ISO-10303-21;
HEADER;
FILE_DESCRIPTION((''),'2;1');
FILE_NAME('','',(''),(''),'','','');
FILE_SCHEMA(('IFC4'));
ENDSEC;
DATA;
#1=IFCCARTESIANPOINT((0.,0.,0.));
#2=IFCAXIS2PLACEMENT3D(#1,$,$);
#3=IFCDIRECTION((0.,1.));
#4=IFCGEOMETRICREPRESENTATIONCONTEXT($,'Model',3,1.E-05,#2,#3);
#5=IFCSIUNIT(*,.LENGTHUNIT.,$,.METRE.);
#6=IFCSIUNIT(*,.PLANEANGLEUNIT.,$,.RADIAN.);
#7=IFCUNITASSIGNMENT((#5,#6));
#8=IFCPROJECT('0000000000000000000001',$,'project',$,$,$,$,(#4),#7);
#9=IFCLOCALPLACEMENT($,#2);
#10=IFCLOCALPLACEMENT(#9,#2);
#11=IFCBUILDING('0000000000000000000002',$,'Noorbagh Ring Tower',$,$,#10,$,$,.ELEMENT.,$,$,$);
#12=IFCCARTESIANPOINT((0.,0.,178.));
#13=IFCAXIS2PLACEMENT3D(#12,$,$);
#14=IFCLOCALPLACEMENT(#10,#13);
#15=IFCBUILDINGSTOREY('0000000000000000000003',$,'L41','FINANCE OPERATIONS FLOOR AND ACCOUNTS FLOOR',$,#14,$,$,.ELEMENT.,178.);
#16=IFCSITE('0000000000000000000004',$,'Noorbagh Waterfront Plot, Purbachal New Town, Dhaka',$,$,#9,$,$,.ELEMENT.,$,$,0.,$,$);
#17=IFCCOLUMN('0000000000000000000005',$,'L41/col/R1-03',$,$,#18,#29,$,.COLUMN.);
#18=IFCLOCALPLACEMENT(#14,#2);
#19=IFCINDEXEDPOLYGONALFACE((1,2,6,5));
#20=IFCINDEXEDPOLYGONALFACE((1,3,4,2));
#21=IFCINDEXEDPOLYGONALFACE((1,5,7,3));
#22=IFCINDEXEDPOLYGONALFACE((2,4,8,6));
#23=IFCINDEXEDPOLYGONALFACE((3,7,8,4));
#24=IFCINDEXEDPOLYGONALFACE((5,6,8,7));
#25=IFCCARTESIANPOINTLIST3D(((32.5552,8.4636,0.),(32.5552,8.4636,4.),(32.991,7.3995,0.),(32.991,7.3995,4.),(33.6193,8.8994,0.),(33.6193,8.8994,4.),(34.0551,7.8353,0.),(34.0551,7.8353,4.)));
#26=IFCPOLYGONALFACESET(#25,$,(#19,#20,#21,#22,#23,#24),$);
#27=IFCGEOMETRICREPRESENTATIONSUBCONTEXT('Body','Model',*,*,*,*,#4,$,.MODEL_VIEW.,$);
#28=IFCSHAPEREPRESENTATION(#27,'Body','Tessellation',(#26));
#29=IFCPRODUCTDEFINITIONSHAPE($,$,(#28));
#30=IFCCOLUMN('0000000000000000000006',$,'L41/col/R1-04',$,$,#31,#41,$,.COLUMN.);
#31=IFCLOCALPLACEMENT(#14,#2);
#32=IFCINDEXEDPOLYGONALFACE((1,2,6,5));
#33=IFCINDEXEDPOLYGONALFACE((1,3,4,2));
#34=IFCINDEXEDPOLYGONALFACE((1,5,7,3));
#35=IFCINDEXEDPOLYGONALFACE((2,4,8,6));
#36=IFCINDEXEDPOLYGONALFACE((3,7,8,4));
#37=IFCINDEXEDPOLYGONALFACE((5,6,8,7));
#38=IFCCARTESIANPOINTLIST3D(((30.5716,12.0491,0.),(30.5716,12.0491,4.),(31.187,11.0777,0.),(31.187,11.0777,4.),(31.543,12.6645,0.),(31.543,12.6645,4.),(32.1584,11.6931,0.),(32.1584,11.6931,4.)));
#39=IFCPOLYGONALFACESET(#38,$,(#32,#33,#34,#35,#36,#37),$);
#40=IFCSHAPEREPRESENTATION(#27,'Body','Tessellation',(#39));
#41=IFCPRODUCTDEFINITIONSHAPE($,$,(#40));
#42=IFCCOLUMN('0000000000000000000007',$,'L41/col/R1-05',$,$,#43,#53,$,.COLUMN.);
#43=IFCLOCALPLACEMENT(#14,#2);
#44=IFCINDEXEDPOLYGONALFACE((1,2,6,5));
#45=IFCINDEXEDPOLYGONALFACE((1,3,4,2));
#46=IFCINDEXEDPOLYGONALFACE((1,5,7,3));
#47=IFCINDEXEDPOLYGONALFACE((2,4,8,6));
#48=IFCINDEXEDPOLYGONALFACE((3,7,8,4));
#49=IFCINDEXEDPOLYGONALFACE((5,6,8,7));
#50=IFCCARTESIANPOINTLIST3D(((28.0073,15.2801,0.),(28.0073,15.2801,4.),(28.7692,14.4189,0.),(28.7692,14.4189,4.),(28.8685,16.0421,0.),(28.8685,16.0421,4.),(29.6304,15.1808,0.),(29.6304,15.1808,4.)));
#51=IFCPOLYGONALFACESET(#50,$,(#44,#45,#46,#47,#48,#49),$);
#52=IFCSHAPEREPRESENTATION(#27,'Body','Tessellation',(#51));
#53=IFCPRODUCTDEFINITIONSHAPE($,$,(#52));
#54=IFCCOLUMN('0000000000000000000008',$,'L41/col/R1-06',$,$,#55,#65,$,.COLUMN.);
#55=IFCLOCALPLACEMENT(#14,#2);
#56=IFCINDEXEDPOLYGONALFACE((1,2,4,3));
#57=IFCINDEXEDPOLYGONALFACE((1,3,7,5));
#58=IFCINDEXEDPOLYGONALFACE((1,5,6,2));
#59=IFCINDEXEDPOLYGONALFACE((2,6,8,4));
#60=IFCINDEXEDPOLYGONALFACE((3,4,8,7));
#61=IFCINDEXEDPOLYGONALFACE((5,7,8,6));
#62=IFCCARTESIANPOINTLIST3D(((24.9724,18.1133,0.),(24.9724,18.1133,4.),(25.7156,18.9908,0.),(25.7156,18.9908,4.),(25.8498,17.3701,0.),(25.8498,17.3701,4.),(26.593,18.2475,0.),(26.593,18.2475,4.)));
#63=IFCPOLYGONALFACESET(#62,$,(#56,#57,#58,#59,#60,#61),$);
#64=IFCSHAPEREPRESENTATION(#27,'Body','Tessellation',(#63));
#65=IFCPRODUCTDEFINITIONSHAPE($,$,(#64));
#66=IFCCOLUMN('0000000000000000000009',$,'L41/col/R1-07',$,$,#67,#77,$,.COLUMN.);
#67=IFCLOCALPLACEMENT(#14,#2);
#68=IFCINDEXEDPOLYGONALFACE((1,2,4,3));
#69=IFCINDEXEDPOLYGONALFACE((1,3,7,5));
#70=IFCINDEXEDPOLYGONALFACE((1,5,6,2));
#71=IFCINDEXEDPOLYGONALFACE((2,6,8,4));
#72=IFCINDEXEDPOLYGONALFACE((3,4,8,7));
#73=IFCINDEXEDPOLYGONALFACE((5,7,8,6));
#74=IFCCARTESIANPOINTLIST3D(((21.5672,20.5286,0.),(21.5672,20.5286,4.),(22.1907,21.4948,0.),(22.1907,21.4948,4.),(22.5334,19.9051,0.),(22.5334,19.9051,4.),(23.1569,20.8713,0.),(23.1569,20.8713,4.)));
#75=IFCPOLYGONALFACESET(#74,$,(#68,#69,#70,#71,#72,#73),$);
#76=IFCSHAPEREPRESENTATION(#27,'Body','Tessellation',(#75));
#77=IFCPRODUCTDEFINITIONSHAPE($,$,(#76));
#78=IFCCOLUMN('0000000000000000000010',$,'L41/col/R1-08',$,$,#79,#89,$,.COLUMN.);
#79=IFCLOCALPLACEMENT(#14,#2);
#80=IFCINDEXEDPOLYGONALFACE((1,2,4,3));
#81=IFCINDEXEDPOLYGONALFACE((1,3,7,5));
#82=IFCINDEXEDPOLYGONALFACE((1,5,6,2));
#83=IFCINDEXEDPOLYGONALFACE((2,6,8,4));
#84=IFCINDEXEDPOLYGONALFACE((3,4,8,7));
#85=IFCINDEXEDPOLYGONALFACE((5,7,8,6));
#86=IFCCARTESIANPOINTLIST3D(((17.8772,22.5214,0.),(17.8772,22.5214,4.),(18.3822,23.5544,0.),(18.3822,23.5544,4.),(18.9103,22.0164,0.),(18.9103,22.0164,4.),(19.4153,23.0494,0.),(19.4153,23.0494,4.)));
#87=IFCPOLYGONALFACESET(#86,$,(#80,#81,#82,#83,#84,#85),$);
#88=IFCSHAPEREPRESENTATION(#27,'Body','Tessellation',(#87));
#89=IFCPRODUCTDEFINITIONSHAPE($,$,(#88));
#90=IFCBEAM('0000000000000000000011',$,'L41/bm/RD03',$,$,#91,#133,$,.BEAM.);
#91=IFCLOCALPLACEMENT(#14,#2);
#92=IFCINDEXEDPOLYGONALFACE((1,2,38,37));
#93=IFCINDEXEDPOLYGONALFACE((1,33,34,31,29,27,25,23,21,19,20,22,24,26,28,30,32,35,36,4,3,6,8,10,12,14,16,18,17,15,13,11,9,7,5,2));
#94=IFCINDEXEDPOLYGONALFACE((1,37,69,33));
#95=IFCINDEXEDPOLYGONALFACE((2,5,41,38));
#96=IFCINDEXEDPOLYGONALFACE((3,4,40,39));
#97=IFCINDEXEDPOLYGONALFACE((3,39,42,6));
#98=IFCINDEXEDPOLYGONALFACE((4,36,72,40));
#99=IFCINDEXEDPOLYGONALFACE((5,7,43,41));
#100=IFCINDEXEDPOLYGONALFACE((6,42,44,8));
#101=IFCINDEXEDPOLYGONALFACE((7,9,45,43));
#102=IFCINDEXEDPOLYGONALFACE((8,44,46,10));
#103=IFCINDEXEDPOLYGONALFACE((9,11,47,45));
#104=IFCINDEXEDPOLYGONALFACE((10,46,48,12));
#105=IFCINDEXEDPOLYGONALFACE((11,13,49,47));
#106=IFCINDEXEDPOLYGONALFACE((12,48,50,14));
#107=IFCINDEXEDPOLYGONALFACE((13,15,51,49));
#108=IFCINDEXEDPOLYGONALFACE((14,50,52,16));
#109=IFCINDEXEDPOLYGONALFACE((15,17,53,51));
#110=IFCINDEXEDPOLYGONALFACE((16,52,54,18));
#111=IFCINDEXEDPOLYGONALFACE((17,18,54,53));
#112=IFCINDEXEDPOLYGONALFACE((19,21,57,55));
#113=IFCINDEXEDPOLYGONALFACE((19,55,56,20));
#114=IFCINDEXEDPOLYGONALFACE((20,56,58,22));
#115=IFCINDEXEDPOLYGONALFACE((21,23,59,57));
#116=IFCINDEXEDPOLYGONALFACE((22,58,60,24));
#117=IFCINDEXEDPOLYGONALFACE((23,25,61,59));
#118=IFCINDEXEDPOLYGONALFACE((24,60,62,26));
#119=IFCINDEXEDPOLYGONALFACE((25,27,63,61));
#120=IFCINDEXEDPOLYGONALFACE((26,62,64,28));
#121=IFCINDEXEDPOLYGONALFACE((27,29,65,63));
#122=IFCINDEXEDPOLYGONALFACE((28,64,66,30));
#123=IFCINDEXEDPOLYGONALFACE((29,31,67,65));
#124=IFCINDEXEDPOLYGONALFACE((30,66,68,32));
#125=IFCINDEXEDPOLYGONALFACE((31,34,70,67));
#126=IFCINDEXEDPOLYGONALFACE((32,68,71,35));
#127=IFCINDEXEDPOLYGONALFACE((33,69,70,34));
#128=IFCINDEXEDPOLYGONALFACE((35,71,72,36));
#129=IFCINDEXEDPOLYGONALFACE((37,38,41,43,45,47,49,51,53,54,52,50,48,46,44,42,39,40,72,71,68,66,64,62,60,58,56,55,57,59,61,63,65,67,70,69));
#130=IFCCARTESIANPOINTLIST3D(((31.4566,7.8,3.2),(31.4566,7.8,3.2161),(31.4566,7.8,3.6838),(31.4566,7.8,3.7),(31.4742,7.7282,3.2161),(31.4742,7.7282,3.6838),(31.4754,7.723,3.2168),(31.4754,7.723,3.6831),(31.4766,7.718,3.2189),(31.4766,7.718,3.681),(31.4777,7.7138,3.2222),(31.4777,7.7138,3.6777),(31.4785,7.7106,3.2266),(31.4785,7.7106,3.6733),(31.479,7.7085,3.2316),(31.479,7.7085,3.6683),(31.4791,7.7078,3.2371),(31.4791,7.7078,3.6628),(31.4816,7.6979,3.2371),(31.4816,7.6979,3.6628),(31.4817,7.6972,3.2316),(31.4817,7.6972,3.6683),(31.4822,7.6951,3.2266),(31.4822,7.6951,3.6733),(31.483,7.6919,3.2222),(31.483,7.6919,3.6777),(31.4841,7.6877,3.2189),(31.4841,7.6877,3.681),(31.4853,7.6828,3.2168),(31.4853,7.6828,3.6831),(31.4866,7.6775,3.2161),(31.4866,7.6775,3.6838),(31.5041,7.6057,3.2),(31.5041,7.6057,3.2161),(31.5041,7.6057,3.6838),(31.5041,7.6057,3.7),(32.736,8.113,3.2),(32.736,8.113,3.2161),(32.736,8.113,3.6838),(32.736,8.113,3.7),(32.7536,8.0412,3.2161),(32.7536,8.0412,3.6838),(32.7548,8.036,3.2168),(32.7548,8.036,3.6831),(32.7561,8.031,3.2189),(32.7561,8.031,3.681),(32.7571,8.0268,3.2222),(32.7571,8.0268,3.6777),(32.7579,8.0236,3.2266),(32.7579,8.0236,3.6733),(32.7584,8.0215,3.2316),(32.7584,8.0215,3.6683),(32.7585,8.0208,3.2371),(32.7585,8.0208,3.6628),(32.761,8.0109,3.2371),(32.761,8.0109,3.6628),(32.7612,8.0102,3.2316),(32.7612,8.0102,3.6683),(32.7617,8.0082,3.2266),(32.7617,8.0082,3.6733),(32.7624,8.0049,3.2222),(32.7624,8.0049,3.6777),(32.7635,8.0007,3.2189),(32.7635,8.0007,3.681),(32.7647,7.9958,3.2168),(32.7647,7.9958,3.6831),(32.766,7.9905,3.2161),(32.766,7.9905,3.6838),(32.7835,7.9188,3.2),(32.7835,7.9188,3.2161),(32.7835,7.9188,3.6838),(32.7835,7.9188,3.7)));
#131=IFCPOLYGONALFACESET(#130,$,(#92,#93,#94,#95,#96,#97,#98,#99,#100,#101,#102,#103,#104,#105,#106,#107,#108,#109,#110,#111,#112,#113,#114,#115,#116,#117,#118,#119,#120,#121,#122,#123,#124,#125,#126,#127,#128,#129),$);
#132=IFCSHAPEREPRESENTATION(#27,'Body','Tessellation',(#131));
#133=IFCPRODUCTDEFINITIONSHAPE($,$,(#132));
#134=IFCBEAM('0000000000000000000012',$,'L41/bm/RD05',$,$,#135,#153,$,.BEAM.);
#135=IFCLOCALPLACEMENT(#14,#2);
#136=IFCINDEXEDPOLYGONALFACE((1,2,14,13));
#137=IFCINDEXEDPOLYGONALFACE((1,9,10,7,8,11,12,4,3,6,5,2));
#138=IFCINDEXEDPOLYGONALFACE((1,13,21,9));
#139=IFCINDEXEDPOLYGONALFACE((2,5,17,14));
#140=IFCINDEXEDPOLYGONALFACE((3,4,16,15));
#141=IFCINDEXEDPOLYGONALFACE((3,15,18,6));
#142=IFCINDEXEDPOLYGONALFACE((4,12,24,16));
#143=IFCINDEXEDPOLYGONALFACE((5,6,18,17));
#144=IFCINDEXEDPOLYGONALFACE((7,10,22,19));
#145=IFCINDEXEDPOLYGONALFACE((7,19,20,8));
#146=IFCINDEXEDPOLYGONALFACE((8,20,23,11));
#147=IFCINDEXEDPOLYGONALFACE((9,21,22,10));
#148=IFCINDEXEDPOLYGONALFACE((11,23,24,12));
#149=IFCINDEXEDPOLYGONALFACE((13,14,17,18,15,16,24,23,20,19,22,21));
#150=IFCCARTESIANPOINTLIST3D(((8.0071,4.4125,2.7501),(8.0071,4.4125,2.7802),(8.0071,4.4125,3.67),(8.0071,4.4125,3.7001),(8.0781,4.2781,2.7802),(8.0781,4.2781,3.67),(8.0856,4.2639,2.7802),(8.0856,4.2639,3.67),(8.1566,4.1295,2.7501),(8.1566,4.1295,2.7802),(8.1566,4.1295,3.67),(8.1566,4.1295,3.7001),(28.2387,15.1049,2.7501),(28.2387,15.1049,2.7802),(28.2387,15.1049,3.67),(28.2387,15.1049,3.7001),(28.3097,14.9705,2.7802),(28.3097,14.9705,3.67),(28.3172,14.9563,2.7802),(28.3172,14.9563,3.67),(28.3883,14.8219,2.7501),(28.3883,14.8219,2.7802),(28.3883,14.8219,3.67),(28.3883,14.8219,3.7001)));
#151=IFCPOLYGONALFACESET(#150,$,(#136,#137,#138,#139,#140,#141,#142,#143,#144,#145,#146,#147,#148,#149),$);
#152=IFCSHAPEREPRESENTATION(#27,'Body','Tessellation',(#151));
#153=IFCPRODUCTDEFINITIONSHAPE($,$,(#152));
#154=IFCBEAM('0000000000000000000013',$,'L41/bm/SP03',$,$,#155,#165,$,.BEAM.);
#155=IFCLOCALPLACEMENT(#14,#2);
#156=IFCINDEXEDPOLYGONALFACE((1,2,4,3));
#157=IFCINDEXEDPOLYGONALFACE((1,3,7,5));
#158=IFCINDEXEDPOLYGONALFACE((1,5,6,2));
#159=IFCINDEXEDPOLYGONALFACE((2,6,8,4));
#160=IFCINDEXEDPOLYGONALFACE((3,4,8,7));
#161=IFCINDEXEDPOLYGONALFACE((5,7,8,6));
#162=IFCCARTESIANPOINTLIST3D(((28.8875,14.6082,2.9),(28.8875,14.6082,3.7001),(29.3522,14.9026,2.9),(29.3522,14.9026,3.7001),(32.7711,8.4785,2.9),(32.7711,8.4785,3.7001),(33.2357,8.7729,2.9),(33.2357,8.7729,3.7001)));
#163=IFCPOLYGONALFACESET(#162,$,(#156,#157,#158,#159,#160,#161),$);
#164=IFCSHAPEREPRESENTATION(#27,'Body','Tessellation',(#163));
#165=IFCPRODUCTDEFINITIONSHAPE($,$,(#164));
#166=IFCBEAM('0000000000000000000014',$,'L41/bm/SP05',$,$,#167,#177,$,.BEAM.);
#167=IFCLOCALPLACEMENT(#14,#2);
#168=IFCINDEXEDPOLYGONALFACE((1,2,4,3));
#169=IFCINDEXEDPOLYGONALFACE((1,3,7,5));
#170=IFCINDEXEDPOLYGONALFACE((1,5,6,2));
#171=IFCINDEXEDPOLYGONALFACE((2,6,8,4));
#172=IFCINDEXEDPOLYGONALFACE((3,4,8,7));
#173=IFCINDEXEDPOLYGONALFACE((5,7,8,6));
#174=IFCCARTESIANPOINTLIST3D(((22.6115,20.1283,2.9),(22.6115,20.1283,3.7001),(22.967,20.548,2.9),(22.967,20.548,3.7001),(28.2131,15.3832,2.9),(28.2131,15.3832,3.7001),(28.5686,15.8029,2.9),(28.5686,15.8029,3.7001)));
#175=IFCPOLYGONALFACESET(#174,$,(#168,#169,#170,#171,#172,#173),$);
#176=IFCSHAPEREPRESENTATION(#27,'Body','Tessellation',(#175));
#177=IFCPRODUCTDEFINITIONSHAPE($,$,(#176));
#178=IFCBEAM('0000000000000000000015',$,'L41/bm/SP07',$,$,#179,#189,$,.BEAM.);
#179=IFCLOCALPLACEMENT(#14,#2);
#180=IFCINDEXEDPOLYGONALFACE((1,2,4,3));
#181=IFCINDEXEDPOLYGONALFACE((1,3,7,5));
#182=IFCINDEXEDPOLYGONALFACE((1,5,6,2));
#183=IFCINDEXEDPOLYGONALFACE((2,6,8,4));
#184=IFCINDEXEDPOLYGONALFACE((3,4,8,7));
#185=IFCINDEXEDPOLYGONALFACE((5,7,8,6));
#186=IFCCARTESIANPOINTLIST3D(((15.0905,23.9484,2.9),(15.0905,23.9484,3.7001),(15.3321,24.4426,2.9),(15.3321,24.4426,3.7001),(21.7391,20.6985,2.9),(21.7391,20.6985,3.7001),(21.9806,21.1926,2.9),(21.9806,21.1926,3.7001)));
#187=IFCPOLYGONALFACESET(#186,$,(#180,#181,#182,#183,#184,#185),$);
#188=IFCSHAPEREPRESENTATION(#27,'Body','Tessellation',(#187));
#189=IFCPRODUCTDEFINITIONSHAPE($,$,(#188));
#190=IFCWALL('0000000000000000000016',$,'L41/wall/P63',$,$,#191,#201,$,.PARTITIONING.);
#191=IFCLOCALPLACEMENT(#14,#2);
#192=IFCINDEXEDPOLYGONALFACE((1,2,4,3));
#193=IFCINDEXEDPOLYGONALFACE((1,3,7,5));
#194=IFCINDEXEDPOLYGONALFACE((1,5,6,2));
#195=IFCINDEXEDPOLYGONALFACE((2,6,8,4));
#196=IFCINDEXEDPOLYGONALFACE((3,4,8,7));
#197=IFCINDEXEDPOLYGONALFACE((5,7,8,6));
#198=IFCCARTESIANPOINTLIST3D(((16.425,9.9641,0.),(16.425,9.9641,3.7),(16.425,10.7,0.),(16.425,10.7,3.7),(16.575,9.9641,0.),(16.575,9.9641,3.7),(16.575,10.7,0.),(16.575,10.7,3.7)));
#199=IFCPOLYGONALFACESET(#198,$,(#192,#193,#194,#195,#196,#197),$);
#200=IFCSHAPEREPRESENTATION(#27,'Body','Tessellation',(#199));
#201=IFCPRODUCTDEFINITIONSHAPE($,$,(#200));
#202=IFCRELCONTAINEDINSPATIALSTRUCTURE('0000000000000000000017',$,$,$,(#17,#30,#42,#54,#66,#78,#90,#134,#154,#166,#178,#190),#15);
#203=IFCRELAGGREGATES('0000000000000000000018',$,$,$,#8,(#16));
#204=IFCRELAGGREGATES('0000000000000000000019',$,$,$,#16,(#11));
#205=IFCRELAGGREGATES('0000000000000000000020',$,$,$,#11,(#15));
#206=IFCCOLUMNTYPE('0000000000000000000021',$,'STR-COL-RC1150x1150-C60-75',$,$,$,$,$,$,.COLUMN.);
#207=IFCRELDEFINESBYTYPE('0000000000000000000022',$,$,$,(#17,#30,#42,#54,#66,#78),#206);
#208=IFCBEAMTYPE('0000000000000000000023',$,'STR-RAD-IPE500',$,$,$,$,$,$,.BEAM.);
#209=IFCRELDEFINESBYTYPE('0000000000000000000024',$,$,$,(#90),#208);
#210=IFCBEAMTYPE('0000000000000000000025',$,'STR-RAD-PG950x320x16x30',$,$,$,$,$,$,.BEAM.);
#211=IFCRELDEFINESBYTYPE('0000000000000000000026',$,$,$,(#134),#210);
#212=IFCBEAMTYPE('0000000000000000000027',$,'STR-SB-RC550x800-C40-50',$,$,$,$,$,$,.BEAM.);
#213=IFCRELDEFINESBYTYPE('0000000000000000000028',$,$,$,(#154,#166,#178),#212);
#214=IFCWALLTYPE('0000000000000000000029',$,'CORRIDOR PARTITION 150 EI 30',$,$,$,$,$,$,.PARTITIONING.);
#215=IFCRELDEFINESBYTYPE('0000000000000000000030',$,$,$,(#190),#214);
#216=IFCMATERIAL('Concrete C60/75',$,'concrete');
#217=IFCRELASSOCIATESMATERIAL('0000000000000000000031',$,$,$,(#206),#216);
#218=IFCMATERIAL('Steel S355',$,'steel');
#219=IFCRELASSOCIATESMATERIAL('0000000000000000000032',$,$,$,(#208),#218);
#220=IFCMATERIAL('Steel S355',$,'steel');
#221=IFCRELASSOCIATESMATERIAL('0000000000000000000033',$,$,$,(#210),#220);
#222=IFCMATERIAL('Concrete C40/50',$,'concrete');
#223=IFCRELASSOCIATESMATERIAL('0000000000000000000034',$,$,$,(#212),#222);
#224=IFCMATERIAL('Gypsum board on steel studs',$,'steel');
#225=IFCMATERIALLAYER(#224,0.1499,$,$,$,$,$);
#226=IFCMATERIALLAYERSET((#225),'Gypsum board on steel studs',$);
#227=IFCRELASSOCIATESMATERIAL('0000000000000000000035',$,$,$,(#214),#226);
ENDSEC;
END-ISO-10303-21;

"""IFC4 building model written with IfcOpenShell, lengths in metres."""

from ifc_helpers import new_model, si_unit, direction, frame, frame_2d, origin, origin_2d, place, context, subcontext, project, spatial, rectangle, i_section, extrude, material, layer, layer_set, material_profile, profile_set, type_object, element, save


model = new_model("IFC4")

# Units and contexts
model_context = context("Model", 3, precision=1e-05, world=origin(), true_north=direction((0.0, 1.0)))
body_context = subcontext(model_context, "Body", "Model", "MODEL_VIEW")
ifc_project = project(units=[si_unit("LENGTHUNIT", "METRE"), si_unit("PLANEANGLEUNIT", "RADIAN")], contexts=[model_context])

# Site, building, storey
site_placement = place(None, origin())
site = spatial("IfcSite", under=ifc_project, at=site_placement, Name="Noorbagh Waterfront Plot, Purbachal New Town, Dhaka", CompositionType="ELEMENT", RefElevation=0.0)
building_placement = place(site_placement, origin())
building = spatial("IfcBuilding", under=site, at=building_placement, Name="Noorbagh Ring Tower", CompositionType="ELEMENT")
storey_placement = place(building_placement, frame((0.0, 0.0, 178.0)))
storey = spatial("IfcBuildingStorey", under=building, at=storey_placement, Name="L41", Description="FINANCE OPERATIONS FLOOR AND ACCOUNTS FLOOR", CompositionType="ELEMENT", Elevation=178.0)

# Columns
ifc_material_1 = material(Name="Concrete C60/75", Category="concrete")
ifc_material_profile_1 = material_profile(ifc_material_1, rectangle(XDim=1.1499, YDim=1.1499, at=origin_2d()), Name="RC1150x1150")
ifc_profile_set_1 = profile_set([ifc_material_profile_1], Name="Concrete C60/75")
column_type = type_object("IfcColumnType", Name="STR-COL-RC1150x1150-C60-75", PredefinedType="COLUMN", material=ifc_profile_set_1)
for number, where, z_axis, x_axis, name in (
    (1, (33.3052, 8.1494, 0.0), (0.0, 0.0, 1.0), (-0.378989, 0.925401, 0.0), "L41/col/R1-03"),
    (2, (31.365, 11.8711, 0.0), (0.0, 0.0, 1.0), (-0.53519, 0.844731, 0.0), "L41/col/R1-04"),
    (3, (28.8188, 15.2305, 0.0), (0.0, 0.0, 1.0), (-0.662636, 0.748942, 0.0), "L41/col/R1-05"),
    (4, (25.7827, 18.1804, 0.0), (0.0, 0.0, 1.0), (-0.763035, 0.646357, 0.0), "L41/col/R1-06"),
    (5, (22.3621, 20.7, 0.0), (0.0, 0.0, 1.0), (-0.840248, 0.542203, 0.0), "L41/col/R1-07"),
    (6, (18.6462, 22.7854, 0.0), (0.0, 0.0, 1.0), (-0.898399, 0.43918, 0.0), "L41/col/R1-08"),
):
    element("IfcColumn", number, at=place(storey_placement, frame(where, z_axis=z_axis, x_axis=x_axis)), inside=storey, type_object=column_type, Name=name, PredefinedType="COLUMN", context=body_context, shape_type="SweptSolid", body=[
        extrude(rectangle(XDim=1.1499, YDim=1.1499, at=origin_2d()), origin(), (0.0, 0.0, 1.0), 4.0),
    ])

# Beams
ifc_material_2 = material(Name="Steel S355", Category="steel")
ifc_material_profile_2 = material_profile(ifc_material_2, i_section(OverallWidth=0.2, OverallDepth=0.5, WebThickness=0.0103, FlangeThickness=0.0161, FilletRadius=0.021, at=origin_2d()), Name="IPE500")
ifc_profile_set_2 = profile_set([ifc_material_profile_2], Name="Steel S355")
beam_type_1 = type_object("IfcBeamType", Name="STR-RAD-IPE500", PredefinedType="BEAM", material=ifc_profile_set_2)
beam_1_placement = place(storey_placement, frame((32.7598, 8.0159, 3.45), z_axis=(-0.971351, -0.237647, 0.0), x_axis=(0.237647, -0.971351, 0.0)))
element("IfcBeam", 7, at=beam_1_placement, inside=storey, type_object=beam_type_1, Name="L41/bm/RD03", PredefinedType="BEAM", context=body_context, shape_type="SweptSolid", body=[
    extrude(i_section(OverallWidth=0.2, OverallDepth=0.5, WebThickness=0.0103, FlangeThickness=0.0161, FilletRadius=0.021, at=origin_2d()), origin(), (0.0, 0.0, 1.0), 1.3171),
])
ifc_material_3 = material(Name="Steel S355", Category="steel")
ifc_material_profile_3 = material_profile(ifc_material_3, i_section(OverallWidth=0.3201, OverallDepth=0.95, WebThickness=0.0161, FlangeThickness=0.03, at=origin_2d()), Name="PG950x320x16x30")
ifc_profile_set_3 = profile_set([ifc_material_profile_3], Name="Steel S355")
beam_type_2 = type_object("IfcBeamType", Name="STR-RAD-PG950x320x16x30", PredefinedType="BEAM", material=ifc_profile_set_3)
beam_2_placement = place(storey_placement, frame((28.3135, 14.9634, 3.2251), z_axis=(-0.884122, -0.467256, 0.0), x_axis=(0.467256, -0.884122, 0.0)))
element("IfcBeam", 8, at=beam_2_placement, inside=storey, type_object=beam_type_2, Name="L41/bm/RD05", PredefinedType="BEAM", context=body_context, shape_type="SweptSolid", body=[
    extrude(i_section(OverallWidth=0.3201, OverallDepth=0.95, WebThickness=0.0161, FlangeThickness=0.03, at=origin_2d()), origin(), (0.0, 0.0, 1.0), 22.8833),
])
ifc_material_4 = material(Name="Concrete C40/50", Category="concrete")
ifc_material_profile_4 = material_profile(ifc_material_4, rectangle(XDim=0.55, YDim=0.8, at=origin_2d()), Name="RC550x800")
ifc_profile_set_4 = profile_set([ifc_material_profile_4], Name="Concrete C40/50")
beam_type_3 = type_object("IfcBeamType", Name="STR-SB-RC550x800-C40-50", PredefinedType="BEAM", material=ifc_profile_set_4)
beam_3_placement = place(storey_placement, frame((33.0034, 8.6257, 3.3), z_axis=(-0.535194, 0.844729, 0.0), x_axis=(-0.844729, -0.535194, 0.0)))
element("IfcBeam", 9, at=beam_3_placement, inside=storey, type_object=beam_type_3, Name="L41/bm/SP03", PredefinedType="BEAM", context=body_context, shape_type="SweptSolid", body=[
    extrude(rectangle(XDim=0.55, YDim=0.8, at=origin_2d()), origin(), (0.0, 0.0, 1.0), 7.2563),
])
beam_4_placement = place(storey_placement, frame((28.3909, 15.593, 3.3), z_axis=(-0.763028, 0.646366, 0.0), x_axis=(-0.646366, -0.763028, 0.0)))
element("IfcBeam", 10, at=beam_4_placement, inside=storey, type_object=beam_type_3, Name="L41/bm/SP05", PredefinedType="BEAM", context=body_context, shape_type="SweptSolid", body=[
    extrude(rectangle(XDim=0.55, YDim=0.8, at=origin_2d()), origin(), (0.0, 0.0, 1.0), 7.3413),
])
beam_5_placement = place(storey_placement, frame((21.8599, 20.9456, 3.3), z_axis=(-0.898409, 0.439159, 0.0), x_axis=(-0.439159, -0.898409, 0.0)))
element("IfcBeam", 11, at=beam_5_placement, inside=storey, type_object=beam_type_3, Name="L41/bm/SP07", PredefinedType="BEAM", context=body_context, shape_type="SweptSolid", body=[
    extrude(rectangle(XDim=0.55, YDim=0.8, at=origin_2d()), origin(), (0.0, 0.0, 1.0), 7.4004),
])

# Wall
ifc_material_5 = material(Name="Gypsum board on steel studs", Category="steel")
ifc_layer_1 = layer(ifc_material_5, 0.1499)
ifc_layer_set_1 = layer_set([ifc_layer_1], Name="Gypsum board on steel studs")
wall_type_1 = type_object("IfcWallType", Name="CORRIDOR PARTITION 150 EI 30", PredefinedType="PARTITIONING", material=ifc_layer_set_1)
wall_1_placement = place(storey_placement, frame((16.5, 9.9641, 0.0), z_axis=(0.0, 0.0, 1.0), x_axis=(0.0, 1.0, 0.0)))
element("IfcWall", 12, at=wall_1_placement, inside=storey, type_object=wall_type_1, Name="L41/wall/P63", PredefinedType="PARTITIONING", context=body_context, shape_type="SweptSolid", body=[
    extrude(rectangle(XDim=0.7358, YDim=0.1499, at=frame_2d((0.3679, 0.0))), origin(), (0.0, 0.0, 1.0), 3.7),
])

save(model, "model.ifc")
